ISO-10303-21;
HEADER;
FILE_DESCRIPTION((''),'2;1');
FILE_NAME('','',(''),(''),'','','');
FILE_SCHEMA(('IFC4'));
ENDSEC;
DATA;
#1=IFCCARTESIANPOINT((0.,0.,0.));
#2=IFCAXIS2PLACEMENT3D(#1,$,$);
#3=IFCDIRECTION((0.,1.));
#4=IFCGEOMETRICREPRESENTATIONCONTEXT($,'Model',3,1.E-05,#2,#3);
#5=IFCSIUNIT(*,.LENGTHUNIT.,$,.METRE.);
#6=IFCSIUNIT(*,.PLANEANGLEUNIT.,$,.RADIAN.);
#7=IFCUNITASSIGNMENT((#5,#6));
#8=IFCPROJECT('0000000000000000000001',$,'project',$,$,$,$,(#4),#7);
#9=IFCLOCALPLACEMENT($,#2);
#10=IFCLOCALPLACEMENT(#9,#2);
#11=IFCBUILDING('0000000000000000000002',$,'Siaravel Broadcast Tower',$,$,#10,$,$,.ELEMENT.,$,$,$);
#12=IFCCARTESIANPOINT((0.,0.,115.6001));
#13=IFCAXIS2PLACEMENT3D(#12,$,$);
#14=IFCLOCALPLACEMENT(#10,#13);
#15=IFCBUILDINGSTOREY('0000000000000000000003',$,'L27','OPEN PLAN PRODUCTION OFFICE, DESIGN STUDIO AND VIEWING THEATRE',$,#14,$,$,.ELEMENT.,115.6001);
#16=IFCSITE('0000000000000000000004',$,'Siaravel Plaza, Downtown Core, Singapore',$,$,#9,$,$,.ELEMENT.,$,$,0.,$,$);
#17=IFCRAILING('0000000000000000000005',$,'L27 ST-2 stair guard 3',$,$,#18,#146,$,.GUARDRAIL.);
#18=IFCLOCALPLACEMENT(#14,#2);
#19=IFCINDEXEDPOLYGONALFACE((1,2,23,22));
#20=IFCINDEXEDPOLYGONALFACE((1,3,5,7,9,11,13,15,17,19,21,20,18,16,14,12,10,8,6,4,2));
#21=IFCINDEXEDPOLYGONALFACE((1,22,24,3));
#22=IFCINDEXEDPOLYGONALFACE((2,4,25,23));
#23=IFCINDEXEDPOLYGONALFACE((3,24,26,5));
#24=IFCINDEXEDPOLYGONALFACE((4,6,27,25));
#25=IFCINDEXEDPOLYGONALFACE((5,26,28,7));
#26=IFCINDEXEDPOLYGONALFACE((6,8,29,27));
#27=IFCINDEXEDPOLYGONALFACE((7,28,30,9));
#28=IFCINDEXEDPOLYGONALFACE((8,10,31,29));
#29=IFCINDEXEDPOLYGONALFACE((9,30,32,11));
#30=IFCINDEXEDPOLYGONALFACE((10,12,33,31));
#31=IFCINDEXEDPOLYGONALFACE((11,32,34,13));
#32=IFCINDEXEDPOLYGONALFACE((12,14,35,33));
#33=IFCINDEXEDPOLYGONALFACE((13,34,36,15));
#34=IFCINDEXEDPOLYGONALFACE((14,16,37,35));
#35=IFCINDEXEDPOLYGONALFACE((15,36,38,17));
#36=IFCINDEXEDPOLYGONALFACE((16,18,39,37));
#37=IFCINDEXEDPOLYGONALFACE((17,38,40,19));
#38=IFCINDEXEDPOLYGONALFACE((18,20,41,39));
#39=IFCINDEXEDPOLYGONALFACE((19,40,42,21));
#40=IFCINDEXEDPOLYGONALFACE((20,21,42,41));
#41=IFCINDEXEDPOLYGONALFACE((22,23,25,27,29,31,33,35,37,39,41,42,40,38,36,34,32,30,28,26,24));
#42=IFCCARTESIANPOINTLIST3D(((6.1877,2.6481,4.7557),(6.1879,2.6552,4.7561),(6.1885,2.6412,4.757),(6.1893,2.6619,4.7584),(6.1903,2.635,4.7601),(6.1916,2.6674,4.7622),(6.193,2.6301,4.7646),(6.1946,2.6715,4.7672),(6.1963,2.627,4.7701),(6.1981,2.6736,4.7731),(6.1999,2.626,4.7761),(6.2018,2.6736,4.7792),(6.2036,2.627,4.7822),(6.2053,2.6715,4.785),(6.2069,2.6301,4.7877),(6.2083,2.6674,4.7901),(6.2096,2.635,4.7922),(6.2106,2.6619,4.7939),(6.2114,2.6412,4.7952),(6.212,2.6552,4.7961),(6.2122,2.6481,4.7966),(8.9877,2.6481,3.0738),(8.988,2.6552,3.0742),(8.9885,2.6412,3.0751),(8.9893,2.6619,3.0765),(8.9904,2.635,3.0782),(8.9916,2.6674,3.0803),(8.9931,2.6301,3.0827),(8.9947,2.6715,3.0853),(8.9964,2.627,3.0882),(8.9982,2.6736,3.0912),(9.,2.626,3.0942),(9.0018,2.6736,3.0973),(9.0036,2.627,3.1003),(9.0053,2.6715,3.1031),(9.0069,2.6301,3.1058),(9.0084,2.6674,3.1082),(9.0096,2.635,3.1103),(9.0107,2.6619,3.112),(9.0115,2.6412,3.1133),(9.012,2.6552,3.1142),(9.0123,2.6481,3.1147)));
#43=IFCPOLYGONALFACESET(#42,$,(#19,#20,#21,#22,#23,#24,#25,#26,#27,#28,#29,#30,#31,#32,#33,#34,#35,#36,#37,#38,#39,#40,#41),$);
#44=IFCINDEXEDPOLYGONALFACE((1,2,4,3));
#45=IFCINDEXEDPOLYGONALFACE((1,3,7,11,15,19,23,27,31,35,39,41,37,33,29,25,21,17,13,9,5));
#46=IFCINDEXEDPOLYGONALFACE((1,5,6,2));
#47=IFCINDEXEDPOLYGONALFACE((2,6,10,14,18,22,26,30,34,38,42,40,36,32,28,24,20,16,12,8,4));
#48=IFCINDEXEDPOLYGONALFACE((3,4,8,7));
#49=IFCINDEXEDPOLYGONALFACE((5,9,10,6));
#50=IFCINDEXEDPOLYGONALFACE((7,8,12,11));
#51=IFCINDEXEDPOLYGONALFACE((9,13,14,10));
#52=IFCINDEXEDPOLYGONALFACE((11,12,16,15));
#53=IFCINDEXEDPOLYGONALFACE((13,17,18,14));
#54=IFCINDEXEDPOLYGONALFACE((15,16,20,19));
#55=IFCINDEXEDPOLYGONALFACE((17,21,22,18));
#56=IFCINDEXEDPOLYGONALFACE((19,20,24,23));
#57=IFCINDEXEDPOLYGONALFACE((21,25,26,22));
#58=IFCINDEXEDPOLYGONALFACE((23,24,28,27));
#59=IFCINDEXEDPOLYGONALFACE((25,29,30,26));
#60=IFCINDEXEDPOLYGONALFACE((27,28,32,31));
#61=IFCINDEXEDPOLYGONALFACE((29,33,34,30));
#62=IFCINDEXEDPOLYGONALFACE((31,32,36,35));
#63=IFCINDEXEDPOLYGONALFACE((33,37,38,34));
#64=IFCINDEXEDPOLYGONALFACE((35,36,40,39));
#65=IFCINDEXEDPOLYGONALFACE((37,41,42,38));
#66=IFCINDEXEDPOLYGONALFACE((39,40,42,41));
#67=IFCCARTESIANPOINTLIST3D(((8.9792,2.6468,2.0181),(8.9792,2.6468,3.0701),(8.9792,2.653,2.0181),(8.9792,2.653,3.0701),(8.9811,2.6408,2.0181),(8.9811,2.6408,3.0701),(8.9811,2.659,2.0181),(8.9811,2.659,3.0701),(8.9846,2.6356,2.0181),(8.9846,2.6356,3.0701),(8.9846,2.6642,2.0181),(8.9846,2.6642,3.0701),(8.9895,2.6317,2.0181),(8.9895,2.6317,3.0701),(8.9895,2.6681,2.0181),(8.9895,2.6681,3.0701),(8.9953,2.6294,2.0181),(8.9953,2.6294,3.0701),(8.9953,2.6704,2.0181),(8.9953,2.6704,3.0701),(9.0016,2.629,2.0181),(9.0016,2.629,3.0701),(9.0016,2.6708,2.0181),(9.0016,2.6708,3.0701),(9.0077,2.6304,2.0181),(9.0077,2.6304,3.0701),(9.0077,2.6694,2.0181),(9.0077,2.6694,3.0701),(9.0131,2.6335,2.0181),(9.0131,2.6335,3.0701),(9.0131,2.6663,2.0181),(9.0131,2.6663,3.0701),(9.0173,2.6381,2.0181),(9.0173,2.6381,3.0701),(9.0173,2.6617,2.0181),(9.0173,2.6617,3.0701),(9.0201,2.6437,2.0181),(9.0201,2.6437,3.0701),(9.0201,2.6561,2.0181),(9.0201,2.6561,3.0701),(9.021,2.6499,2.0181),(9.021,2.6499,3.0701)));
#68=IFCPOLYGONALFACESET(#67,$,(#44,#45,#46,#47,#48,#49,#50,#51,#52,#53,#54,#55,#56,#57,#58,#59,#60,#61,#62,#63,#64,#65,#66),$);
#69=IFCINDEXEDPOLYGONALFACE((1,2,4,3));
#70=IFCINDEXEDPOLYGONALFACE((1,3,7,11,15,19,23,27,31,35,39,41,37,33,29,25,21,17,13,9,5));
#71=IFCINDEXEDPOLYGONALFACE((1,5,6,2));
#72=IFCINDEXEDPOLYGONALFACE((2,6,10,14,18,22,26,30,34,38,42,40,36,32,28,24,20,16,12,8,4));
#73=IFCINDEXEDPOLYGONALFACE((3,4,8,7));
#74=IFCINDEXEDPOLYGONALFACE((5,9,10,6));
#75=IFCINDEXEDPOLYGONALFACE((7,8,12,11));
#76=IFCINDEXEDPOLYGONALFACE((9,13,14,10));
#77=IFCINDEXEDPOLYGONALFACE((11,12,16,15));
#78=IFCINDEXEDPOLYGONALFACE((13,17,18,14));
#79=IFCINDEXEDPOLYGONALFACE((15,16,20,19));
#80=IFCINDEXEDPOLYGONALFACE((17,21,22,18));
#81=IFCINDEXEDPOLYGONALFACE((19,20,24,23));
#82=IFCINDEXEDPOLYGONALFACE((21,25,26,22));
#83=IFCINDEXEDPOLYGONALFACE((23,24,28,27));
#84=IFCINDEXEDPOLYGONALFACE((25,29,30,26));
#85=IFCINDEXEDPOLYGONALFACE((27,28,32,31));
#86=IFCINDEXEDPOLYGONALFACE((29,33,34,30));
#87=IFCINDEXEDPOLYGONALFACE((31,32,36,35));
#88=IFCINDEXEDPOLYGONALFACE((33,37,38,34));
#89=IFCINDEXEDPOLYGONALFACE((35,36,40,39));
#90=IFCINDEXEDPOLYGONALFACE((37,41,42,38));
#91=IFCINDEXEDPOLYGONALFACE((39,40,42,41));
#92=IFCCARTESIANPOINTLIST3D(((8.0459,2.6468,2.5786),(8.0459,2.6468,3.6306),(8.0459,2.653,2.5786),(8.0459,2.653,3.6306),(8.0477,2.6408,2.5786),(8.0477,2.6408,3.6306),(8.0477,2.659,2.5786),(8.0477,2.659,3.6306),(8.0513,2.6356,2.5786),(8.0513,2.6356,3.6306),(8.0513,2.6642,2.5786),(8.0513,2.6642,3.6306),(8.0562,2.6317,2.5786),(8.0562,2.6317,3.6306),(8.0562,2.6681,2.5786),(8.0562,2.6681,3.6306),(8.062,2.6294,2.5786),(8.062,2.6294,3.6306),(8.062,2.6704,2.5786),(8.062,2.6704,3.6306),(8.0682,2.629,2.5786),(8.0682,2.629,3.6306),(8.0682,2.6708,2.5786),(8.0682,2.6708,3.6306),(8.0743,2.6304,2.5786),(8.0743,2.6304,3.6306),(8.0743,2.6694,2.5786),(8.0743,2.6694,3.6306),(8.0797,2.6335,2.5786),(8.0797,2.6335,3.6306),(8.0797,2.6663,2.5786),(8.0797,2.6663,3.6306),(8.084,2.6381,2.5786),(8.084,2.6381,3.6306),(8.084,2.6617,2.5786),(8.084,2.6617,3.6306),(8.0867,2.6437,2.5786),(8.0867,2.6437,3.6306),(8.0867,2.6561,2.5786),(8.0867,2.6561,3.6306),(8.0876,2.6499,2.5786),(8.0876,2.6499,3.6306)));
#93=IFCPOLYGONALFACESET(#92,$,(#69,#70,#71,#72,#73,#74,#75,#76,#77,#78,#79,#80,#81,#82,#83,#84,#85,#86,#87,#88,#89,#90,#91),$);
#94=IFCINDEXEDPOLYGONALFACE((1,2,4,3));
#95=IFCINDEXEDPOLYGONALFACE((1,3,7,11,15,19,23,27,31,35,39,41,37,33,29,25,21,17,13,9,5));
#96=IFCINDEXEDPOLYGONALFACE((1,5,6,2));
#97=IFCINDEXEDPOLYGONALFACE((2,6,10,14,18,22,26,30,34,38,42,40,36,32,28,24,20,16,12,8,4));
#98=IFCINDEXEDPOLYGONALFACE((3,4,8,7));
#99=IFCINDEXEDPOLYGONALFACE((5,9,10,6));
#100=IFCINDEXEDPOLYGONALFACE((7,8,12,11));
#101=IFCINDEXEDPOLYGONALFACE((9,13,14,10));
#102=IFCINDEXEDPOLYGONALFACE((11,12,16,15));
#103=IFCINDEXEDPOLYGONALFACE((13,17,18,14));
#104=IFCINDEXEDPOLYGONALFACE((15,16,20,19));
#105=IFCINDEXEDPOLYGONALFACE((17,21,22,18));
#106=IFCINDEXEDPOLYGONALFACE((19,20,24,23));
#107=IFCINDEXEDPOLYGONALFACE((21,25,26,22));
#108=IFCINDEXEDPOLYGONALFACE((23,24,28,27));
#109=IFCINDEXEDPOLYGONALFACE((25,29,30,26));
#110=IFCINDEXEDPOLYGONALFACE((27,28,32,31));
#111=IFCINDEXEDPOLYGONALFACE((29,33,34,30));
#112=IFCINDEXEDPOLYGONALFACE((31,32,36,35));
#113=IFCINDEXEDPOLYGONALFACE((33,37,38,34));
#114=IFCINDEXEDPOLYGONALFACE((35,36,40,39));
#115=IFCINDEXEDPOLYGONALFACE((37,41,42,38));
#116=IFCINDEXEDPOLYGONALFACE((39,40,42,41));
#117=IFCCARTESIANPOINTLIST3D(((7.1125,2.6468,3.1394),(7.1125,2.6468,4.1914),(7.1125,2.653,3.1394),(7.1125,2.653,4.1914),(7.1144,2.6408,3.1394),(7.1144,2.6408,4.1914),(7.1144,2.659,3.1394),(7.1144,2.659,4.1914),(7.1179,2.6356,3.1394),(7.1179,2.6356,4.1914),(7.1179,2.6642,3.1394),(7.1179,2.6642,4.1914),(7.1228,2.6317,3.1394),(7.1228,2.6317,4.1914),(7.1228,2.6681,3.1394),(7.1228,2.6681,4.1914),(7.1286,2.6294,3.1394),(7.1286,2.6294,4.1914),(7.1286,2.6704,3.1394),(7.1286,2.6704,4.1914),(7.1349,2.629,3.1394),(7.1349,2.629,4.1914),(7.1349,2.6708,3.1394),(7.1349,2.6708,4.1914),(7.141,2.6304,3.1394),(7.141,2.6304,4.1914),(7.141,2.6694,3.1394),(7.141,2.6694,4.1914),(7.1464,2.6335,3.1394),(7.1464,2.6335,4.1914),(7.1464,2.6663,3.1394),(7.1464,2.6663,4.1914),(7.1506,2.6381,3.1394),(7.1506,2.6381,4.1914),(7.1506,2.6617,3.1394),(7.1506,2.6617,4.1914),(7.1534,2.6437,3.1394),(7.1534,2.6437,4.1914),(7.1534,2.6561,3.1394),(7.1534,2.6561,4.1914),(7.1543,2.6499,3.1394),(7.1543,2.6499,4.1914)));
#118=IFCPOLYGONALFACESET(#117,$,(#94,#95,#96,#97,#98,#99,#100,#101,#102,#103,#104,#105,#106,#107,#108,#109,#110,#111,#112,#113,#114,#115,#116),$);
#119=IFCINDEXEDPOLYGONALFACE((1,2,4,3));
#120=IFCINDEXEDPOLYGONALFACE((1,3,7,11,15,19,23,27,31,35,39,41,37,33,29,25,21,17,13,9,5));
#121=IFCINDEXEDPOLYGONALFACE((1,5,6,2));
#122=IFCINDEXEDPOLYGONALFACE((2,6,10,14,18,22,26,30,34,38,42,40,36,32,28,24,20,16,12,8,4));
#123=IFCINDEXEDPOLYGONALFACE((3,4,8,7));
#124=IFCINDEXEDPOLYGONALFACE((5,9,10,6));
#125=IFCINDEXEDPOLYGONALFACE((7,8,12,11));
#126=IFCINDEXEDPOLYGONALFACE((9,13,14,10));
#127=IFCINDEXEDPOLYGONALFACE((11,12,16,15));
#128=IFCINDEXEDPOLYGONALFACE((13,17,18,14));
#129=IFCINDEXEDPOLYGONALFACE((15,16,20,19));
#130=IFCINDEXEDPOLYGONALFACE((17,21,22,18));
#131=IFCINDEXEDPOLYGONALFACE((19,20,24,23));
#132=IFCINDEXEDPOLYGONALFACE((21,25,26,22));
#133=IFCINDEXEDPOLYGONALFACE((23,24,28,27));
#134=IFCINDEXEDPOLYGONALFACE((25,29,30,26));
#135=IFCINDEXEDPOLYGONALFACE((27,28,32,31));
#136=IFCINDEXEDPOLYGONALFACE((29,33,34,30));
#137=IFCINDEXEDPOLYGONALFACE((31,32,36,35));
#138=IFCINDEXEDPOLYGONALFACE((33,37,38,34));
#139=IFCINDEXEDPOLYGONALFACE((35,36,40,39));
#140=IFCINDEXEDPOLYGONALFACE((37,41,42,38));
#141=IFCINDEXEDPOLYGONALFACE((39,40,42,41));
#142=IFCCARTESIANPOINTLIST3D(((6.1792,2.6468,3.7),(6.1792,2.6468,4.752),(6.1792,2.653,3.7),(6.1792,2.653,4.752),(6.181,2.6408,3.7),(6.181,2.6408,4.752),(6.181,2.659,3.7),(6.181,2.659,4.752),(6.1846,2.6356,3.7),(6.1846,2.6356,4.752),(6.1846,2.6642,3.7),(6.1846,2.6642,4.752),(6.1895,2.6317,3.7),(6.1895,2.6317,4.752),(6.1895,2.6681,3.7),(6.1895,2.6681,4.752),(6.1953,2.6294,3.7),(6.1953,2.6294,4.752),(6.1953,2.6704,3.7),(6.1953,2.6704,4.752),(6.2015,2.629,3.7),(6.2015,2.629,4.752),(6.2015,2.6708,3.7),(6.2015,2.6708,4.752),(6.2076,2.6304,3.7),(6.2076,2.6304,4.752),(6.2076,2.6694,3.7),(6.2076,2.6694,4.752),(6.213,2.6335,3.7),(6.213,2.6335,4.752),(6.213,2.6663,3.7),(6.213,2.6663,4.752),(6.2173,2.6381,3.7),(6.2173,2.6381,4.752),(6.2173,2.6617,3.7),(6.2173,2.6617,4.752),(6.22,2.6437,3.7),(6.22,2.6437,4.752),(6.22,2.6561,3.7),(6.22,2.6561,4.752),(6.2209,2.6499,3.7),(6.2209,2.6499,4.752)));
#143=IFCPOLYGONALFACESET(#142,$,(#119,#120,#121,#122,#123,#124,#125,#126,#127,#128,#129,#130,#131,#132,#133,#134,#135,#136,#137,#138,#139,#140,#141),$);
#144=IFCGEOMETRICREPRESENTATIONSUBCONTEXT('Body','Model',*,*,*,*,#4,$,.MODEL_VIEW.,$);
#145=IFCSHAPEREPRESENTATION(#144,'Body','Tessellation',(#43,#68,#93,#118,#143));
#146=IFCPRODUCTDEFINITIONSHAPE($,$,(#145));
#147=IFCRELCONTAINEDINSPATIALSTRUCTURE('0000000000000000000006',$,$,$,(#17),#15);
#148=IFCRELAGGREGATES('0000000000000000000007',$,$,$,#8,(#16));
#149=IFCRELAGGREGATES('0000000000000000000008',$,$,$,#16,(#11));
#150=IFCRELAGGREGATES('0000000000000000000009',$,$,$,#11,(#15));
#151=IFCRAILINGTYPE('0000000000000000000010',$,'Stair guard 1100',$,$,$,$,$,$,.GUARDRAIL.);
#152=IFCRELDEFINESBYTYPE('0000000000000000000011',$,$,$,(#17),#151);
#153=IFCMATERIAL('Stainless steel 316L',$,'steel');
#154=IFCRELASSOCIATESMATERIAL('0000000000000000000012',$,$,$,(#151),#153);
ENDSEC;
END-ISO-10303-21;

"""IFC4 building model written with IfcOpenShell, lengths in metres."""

from ifc_helpers import new_model, si_unit, direction, frame, origin, origin_2d, place, context, subcontext, project, spatial, circle, extrude, material, type_object, element, save


model = new_model("IFC4")

# Units and contexts
model_context = context("Model", 3, precision=1e-05, world=origin(), true_north=direction((0.0, 1.0)))
body_context = subcontext(model_context, "Body", "Model", "MODEL_VIEW")
ifc_project = project(units=[si_unit("LENGTHUNIT", "METRE"), si_unit("PLANEANGLEUNIT", "RADIAN")], contexts=[model_context])

# Site, building, storey
site_placement = place(None, origin())
site = spatial("IfcSite", under=ifc_project, at=site_placement, Name="Siaravel Plaza, Downtown Core, Singapore", CompositionType="ELEMENT", RefElevation=0.0)
building_placement = place(site_placement, origin())
building = spatial("IfcBuilding", under=site, at=building_placement, Name="Siaravel Broadcast Tower", CompositionType="ELEMENT")
storey_placement = place(building_placement, frame((0.0, 0.0, 115.6001)))
storey = spatial("IfcBuildingStorey", under=building, at=storey_placement, Name="L27", Description="OPEN PLAN PRODUCTION OFFICE, DESIGN STUDIO AND VIEWING THEATRE", CompositionType="ELEMENT", Elevation=115.6001)

# Railing
ifc_material_1 = material(Name="Stainless steel 316L", Category="steel")
railing_type_1 = type_object("IfcRailingType", Name="Stair guard 1100", PredefinedType="GUARDRAIL", material=ifc_material_1)
railing_1_placement = place(storey_placement, frame((9.0, 2.6499, 2.0181)))
element("IfcRailing", 1, at=railing_1_placement, inside=storey, type_object=railing_type_1, Name="L27 ST-2 stair guard 3", PredefinedType="GUARDRAIL", context=body_context, shape_type="SweptSolid", body=[
    extrude(circle(Radius=0.0239, at=origin_2d()), frame((0.0, 0.0, 1.0762), z_axis=(-0.857242, 0.0, 0.514913), x_axis=(0.0, -1.0, 0.0)), (0.0, 0.0, 1.0), 3.2664),
    extrude(circle(Radius=0.021, at=origin_2d()), origin(), (0.0, 0.0, 1.0), 1.052),
    extrude(circle(Radius=0.021, at=origin_2d()), frame((-0.9333, 0.0, 0.5605)), (0.0, 0.0, 1.0), 1.052),
    extrude(circle(Radius=0.021, at=origin_2d()), frame((-1.8667, 0.0, 1.1213)), (0.0, 0.0, 1.0), 1.052),
    extrude(circle(Radius=0.021, at=origin_2d()), frame((-2.8, 0.0, 1.6819)), (0.0, 0.0, 1.0), 1.052),
])

save(model, "model.ifc")
